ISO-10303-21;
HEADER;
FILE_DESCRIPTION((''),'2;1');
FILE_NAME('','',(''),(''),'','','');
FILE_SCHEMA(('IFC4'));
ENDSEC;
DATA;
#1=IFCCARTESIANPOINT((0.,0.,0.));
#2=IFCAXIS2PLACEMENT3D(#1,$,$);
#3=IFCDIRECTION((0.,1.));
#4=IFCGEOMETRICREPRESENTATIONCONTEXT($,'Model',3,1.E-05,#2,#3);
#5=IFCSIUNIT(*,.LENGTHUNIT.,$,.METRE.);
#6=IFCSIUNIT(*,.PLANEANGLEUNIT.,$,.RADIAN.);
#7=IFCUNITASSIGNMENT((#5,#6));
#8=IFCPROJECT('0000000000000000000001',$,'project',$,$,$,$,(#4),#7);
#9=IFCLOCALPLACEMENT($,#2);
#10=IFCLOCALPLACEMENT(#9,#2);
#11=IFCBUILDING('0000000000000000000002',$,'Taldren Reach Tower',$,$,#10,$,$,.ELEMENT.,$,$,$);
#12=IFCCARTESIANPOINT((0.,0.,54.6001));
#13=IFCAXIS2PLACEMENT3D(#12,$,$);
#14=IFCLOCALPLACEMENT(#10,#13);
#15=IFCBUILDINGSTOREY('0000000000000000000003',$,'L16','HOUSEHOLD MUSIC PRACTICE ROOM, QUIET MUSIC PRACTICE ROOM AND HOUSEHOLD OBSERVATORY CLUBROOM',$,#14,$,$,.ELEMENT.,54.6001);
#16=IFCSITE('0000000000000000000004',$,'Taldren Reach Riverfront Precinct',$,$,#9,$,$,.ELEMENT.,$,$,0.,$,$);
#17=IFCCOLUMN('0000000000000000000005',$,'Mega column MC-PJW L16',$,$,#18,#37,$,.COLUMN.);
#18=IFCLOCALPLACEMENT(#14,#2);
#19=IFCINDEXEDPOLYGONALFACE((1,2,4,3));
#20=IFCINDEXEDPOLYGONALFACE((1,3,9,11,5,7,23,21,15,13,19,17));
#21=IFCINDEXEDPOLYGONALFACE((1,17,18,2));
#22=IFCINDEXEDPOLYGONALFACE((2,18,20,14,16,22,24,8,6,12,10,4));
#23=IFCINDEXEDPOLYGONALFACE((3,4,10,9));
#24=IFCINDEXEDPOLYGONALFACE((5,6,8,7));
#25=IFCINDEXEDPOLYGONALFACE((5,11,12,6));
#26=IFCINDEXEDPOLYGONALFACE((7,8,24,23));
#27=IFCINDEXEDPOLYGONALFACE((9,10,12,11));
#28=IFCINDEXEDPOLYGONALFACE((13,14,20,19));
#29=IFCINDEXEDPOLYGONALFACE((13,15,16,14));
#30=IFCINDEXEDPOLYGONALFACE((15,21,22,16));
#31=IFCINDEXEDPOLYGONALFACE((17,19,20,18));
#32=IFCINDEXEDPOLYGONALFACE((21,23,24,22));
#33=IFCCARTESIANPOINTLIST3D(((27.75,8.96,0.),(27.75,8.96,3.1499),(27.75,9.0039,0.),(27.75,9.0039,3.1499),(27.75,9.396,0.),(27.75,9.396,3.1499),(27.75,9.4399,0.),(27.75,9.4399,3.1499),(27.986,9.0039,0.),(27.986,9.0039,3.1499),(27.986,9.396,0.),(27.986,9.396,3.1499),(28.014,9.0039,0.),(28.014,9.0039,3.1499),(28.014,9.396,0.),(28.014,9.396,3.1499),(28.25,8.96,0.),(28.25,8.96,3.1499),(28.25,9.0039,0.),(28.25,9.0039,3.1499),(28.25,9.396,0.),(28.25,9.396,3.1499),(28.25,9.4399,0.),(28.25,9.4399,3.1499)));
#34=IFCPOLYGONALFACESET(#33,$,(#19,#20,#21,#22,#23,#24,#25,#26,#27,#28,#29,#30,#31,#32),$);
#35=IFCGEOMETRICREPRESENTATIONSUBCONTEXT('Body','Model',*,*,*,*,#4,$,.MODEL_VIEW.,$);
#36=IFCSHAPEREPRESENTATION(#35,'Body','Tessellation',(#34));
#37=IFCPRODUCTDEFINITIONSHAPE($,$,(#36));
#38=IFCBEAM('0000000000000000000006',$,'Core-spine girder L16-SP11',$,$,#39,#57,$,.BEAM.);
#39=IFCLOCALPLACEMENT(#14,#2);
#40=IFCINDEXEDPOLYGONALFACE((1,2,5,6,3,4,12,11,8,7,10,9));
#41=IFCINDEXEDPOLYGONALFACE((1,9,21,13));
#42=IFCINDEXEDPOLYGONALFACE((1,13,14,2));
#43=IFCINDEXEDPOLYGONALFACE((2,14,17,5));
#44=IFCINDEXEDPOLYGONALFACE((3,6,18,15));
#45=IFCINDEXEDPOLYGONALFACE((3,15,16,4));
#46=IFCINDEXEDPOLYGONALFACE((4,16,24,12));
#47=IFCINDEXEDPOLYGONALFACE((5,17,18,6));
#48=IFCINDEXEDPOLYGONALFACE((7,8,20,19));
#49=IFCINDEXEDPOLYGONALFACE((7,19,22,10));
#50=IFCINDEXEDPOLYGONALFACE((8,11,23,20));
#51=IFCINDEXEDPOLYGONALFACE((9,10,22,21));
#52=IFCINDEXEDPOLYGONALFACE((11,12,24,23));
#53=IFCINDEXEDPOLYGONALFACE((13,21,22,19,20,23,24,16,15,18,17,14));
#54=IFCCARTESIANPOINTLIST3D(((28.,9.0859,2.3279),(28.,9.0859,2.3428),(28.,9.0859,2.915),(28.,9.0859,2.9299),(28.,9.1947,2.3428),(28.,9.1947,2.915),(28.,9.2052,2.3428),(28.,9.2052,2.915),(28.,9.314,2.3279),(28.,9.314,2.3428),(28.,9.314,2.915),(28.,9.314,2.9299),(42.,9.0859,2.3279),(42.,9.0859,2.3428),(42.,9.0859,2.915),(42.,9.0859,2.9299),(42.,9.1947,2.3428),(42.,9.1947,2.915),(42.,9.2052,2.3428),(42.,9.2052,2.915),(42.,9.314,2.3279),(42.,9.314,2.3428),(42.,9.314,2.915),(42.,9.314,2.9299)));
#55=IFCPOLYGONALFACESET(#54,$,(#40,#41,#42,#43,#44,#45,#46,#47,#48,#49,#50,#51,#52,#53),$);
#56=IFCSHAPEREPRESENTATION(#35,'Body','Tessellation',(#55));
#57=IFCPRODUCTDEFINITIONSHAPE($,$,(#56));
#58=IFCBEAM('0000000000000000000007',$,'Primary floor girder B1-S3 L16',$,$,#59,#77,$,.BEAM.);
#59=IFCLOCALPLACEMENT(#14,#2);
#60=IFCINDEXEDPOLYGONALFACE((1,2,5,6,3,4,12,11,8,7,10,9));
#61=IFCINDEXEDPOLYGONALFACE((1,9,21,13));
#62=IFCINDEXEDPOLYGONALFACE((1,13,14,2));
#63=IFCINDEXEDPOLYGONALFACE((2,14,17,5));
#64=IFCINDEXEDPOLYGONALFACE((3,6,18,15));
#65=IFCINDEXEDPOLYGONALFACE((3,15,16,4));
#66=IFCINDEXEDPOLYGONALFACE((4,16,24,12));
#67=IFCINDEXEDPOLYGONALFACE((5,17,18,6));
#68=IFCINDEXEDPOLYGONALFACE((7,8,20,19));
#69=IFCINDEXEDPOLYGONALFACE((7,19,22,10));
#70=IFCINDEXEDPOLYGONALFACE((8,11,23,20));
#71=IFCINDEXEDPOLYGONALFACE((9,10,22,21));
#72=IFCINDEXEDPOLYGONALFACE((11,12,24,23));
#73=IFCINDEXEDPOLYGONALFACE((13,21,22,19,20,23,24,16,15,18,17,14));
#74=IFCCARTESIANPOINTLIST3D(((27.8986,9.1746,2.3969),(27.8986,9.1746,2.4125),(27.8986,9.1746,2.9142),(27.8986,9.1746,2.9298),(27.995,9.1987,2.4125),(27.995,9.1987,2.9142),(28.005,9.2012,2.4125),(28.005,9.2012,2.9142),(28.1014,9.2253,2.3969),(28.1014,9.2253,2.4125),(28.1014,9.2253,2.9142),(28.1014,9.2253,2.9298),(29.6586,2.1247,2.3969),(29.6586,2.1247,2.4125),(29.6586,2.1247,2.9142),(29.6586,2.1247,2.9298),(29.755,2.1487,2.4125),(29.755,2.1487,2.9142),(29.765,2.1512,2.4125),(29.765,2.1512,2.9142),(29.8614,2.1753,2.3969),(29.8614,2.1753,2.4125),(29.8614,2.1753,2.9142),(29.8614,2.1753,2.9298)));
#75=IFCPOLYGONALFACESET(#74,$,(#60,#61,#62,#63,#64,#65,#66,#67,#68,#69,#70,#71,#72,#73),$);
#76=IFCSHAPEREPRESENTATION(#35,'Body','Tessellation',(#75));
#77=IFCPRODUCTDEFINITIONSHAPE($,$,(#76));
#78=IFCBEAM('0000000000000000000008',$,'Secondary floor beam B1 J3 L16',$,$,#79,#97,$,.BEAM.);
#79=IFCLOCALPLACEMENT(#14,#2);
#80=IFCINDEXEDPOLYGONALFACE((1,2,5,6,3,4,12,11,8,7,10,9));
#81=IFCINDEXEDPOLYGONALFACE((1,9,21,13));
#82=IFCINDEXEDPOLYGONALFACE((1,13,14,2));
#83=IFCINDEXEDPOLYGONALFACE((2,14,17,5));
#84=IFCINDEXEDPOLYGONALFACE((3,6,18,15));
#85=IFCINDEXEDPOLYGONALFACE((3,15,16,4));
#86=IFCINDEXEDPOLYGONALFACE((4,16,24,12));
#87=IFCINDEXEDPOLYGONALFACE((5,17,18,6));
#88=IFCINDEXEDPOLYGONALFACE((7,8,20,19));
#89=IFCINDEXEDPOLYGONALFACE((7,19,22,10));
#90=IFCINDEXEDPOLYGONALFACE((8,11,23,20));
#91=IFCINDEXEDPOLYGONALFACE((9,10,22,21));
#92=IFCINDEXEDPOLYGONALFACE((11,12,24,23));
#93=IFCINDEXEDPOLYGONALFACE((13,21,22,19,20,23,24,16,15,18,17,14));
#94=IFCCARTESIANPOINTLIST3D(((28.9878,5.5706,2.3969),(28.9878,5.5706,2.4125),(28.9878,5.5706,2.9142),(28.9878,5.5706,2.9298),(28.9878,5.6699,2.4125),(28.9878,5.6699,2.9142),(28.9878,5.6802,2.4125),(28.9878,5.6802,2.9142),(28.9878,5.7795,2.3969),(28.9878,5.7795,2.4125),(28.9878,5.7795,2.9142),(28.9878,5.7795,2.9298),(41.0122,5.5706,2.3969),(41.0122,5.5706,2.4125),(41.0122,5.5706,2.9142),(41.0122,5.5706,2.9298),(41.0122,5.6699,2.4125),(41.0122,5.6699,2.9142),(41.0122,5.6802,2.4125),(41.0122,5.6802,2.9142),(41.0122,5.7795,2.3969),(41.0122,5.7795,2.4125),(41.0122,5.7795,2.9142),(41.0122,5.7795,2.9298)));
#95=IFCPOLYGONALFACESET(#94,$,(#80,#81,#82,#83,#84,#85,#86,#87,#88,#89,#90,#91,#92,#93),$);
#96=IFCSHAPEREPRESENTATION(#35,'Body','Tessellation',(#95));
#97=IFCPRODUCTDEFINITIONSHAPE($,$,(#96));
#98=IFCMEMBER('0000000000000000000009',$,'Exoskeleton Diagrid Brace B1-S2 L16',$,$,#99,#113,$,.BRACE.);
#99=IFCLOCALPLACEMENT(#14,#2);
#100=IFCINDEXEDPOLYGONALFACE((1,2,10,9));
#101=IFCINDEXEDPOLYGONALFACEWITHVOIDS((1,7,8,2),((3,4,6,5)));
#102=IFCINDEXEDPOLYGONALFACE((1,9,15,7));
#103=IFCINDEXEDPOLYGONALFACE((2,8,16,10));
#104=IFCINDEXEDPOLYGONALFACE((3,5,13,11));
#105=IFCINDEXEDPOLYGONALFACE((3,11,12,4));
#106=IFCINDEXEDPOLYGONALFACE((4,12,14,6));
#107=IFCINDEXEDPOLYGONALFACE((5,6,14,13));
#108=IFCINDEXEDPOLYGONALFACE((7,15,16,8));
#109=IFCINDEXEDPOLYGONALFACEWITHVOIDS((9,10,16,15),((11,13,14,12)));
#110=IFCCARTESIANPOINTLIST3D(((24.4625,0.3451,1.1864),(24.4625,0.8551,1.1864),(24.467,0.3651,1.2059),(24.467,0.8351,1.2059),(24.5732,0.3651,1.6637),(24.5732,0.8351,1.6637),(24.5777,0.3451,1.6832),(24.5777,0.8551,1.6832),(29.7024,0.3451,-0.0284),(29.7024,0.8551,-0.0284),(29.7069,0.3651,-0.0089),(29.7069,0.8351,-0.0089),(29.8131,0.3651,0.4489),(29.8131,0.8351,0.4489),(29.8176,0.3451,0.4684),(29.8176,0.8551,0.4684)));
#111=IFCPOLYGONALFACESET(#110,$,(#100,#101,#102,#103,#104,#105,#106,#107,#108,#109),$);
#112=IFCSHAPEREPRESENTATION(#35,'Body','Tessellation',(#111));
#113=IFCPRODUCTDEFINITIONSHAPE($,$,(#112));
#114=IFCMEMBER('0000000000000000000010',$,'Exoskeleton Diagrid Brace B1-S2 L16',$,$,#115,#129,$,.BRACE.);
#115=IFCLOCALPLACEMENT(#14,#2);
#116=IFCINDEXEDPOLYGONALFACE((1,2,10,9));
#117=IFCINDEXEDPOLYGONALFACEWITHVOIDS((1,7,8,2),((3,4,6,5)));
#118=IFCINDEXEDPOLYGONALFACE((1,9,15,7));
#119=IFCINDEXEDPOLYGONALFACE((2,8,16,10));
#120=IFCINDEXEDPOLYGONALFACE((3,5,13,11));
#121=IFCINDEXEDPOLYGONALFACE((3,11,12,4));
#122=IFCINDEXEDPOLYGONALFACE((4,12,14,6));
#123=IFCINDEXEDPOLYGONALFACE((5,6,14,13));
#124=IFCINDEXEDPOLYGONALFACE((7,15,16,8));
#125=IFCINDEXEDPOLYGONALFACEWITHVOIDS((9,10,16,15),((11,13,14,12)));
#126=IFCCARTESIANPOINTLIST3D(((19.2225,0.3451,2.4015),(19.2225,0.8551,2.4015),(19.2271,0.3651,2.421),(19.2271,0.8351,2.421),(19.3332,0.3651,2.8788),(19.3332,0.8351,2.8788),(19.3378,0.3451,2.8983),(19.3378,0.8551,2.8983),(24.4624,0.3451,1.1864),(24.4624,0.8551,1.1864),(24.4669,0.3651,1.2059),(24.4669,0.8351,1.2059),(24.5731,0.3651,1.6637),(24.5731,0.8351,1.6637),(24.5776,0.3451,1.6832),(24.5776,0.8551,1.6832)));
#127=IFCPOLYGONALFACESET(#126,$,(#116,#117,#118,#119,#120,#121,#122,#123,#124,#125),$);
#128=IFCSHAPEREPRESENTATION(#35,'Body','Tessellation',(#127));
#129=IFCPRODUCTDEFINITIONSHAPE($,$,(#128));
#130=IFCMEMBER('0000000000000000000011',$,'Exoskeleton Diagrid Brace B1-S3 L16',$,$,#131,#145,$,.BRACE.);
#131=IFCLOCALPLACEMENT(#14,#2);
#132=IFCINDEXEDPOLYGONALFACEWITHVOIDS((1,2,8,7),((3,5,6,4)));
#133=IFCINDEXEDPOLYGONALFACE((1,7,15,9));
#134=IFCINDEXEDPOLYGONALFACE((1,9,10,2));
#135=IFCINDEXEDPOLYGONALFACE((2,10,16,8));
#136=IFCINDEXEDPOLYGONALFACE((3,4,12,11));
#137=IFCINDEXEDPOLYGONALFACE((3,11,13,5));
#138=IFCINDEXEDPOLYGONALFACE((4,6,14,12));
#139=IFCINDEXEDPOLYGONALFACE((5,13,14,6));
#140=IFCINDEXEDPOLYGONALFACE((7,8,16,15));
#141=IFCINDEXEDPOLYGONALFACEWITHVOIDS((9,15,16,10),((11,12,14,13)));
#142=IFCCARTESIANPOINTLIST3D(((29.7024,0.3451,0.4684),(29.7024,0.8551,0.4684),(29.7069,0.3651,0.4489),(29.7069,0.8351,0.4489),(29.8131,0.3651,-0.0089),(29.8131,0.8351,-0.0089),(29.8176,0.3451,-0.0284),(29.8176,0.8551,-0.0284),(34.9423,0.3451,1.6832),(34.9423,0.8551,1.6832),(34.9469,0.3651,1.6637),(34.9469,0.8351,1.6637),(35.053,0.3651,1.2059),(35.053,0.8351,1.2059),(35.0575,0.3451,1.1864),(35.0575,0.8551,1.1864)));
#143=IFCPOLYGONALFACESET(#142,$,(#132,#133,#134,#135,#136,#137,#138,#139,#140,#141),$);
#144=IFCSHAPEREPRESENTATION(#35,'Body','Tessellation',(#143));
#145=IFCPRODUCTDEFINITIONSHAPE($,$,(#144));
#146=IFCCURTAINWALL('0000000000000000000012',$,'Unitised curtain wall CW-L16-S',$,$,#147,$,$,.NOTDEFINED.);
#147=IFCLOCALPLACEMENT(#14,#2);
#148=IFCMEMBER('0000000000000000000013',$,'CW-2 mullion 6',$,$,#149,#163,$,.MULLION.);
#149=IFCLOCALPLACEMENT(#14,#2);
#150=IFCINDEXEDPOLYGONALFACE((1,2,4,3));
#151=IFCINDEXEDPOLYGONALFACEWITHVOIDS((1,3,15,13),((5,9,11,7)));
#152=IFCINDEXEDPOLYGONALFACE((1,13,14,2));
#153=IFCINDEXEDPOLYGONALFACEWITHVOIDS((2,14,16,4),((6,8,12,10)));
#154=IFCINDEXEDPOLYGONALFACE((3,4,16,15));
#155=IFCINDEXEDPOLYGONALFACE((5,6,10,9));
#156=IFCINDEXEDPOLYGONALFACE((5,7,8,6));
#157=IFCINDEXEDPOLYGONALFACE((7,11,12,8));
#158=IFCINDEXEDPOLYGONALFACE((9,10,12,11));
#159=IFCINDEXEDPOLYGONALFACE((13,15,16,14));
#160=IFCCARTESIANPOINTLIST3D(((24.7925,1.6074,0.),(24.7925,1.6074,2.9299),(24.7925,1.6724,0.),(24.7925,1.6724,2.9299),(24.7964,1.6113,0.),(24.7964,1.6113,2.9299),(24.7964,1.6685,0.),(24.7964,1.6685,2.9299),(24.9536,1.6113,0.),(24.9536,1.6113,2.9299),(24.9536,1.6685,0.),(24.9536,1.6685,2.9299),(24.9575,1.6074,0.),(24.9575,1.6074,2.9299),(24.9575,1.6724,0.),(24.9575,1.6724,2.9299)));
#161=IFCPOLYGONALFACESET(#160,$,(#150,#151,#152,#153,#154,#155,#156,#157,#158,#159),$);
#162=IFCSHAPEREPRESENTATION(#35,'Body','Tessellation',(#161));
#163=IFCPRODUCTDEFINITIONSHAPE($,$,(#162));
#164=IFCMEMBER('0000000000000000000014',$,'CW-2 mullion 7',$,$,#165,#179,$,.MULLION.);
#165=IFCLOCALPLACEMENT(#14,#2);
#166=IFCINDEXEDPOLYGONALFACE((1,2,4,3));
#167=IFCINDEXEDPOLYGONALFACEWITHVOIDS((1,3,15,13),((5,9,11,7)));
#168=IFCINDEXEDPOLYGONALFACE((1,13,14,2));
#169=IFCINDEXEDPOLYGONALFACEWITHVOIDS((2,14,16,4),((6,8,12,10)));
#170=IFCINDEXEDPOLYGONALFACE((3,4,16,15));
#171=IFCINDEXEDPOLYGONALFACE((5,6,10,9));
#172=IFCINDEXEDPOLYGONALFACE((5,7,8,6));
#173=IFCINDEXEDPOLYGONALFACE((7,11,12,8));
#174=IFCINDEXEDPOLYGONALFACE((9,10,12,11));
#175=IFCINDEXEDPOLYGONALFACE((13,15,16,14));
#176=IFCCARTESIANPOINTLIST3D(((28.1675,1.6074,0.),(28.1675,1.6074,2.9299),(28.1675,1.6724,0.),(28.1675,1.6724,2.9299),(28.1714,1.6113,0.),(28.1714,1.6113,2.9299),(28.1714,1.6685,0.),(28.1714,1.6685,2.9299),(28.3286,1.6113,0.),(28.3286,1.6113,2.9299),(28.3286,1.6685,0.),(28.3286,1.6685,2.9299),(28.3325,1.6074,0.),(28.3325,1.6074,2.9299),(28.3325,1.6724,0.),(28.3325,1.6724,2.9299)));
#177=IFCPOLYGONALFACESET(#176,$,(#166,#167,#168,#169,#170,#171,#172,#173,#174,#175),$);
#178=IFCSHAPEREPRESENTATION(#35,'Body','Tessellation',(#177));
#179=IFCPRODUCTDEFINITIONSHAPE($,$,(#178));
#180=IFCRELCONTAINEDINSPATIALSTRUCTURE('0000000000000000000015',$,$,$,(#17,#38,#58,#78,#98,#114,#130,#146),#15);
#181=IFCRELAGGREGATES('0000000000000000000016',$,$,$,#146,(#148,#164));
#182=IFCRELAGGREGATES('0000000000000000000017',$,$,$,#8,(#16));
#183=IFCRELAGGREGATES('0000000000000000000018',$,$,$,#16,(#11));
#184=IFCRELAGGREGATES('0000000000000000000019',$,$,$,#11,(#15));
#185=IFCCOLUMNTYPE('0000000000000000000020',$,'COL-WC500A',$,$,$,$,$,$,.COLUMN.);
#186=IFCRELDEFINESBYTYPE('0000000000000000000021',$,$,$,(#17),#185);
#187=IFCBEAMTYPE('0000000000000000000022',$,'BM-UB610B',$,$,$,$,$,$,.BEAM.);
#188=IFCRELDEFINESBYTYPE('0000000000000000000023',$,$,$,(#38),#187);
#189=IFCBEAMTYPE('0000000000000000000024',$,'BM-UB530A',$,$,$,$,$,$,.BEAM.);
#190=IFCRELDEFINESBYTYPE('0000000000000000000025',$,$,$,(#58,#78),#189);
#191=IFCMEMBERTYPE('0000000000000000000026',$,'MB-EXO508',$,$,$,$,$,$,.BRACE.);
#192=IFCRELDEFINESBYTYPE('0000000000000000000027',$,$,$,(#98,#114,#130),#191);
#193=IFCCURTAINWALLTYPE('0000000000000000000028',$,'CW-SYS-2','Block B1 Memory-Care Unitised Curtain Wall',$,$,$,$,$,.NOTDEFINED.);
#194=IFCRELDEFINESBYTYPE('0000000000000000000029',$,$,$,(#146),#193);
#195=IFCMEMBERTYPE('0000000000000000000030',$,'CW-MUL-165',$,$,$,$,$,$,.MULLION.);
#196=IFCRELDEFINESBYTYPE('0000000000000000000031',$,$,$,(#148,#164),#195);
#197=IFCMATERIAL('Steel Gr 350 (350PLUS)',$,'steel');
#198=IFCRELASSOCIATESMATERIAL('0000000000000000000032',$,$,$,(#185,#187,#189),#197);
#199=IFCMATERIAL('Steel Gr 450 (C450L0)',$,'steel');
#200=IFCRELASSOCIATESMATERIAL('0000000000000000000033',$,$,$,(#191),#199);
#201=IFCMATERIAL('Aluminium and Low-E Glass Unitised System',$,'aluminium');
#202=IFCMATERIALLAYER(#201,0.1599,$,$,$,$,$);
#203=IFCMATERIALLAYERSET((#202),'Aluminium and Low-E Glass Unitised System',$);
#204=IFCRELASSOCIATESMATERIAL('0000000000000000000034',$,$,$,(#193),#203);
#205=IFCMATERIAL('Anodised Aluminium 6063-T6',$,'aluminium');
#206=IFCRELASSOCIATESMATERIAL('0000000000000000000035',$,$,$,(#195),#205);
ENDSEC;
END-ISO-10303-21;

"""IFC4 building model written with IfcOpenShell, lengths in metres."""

from ifc_helpers import new_model, si_unit, direction, frame, origin, origin_2d, place, context, subcontext, project, spatial, hollow_rectangle, i_section, extrude, source, transform, mapped, material, layer, layer_set, material_profile, profile_set, type_object, element, aggregate, save


model = new_model("IFC4")

# Units and contexts
model_context = context("Model", 3, precision=1e-05, world=origin(), true_north=direction((0.0, 1.0)))
body_context = subcontext(model_context, "Body", "Model", "MODEL_VIEW")
ifc_project = project(units=[si_unit("LENGTHUNIT", "METRE"), si_unit("PLANEANGLEUNIT", "RADIAN")], contexts=[model_context])

# Site, building, storey
site_placement = place(None, origin())
site = spatial("IfcSite", under=ifc_project, at=site_placement, Name="Taldren Reach Riverfront Precinct", CompositionType="ELEMENT", RefElevation=0.0)
building_placement = place(site_placement, origin())
building = spatial("IfcBuilding", under=site, at=building_placement, Name="Taldren Reach Tower", CompositionType="ELEMENT")
storey_placement = place(building_placement, frame((0.0, 0.0, 54.6001)))
storey = spatial("IfcBuildingStorey", under=building, at=storey_placement, Name="L16", Description="HOUSEHOLD MUSIC PRACTICE ROOM, QUIET MUSIC PRACTICE ROOM AND HOUSEHOLD OBSERVATORY CLUBROOM", CompositionType="ELEMENT", Elevation=54.6001)

# Column
ifc_material_1 = material(Name="Steel Gr 350 (350PLUS)", Category="steel")
ifc_material_profile_1 = material_profile(ifc_material_1, i_section(OverallWidth=0.5, OverallDepth=0.48, WebThickness=0.0281, FlangeThickness=0.0439, at=origin_2d()), Name="500WC440")
ifc_profile_set_1 = profile_set([ifc_material_profile_1], Name="Steel Gr 350 (350PLUS)")
column_type = type_object("IfcColumnType", Name="COL-WC500A", PredefinedType="COLUMN", material=ifc_profile_set_1)
shared_shape_1 = source(origin(), body_context, "Body", "SweptSolid", [
    extrude(i_section(OverallWidth=0.5, OverallDepth=0.48, WebThickness=0.0281, FlangeThickness=0.0439, at=origin_2d()), origin(), (0.0, 0.0, 1.0), 3.1499),
])
column_placement = place(storey_placement, frame((28.0, 9.2, 0.0), z_axis=(0.0, 0.0, 1.0), x_axis=(1.0, 0.0, 0.0)))
element("IfcColumn", 1, at=column_placement, inside=storey, type_object=column_type, Name="Mega column MC-PJW L16", PredefinedType="COLUMN", context=body_context, shape_type="MappedRepresentation", body=[
    mapped(shared_shape_1, transform((0.0, 0.0, 0.0), scale=1.0)),
])

# Beams
ifc_material_profile_2 = material_profile(ifc_material_1, i_section(OverallWidth=0.228, OverallDepth=0.6021, WebThickness=0.0105, FlangeThickness=0.0149, at=origin_2d()), Name="610UB101")
ifc_profile_set_2 = profile_set([ifc_material_profile_2], Name="Steel Gr 350 (350PLUS)")
beam_type_1 = type_object("IfcBeamType", Name="BM-UB610B", PredefinedType="BEAM", material=ifc_profile_set_2)
shared_shape_2 = source(origin(), body_context, "Body", "SweptSolid", [
    extrude(i_section(OverallWidth=0.228, OverallDepth=0.6021, WebThickness=0.0105, FlangeThickness=0.0149, at=origin_2d()), origin(), (0.0, 0.0, 1.0), 14.0),
])
beam_1_placement = place(storey_placement, frame((28.0, 9.2, 2.6289), z_axis=(1.0, 0.0, 0.0), x_axis=(0.0, 1.0, 0.0)))
element("IfcBeam", 2, at=beam_1_placement, inside=storey, type_object=beam_type_1, Name="Core-spine girder L16-SP11", PredefinedType="BEAM", context=body_context, shape_type="MappedRepresentation", body=[
    mapped(shared_shape_2, transform((0.0, 0.0, 0.0), scale=1.0)),
])
ifc_material_profile_3 = material_profile(ifc_material_1, i_section(OverallWidth=0.209, OverallDepth=0.533, WebThickness=0.0103, FlangeThickness=0.0156, at=origin_2d()), Name="530UB92.4")
ifc_profile_set_3 = profile_set([ifc_material_profile_3], Name="Steel Gr 350 (350PLUS)")
beam_type_2 = type_object("IfcBeamType", Name="BM-UB530A", PredefinedType="BEAM", material=ifc_profile_set_3)
shared_shape_3 = source(origin(), body_context, "Body", "SweptSolid", [
    extrude(i_section(OverallWidth=0.209, OverallDepth=0.533, WebThickness=0.0103, FlangeThickness=0.0156, at=origin_2d()), origin(), (0.0, 0.0, 1.0), 7.2664),
])
beam_2_placement = place(storey_placement, frame((28.0, 9.2, 2.6633), z_axis=(0.242211, -0.970223, 0.0), x_axis=(0.970223, 0.242211, 0.0)))
element("IfcBeam", 3, at=beam_2_placement, inside=storey, type_object=beam_type_2, Name="Primary floor girder B1-S3 L16", PredefinedType="BEAM", context=body_context, shape_type="MappedRepresentation", body=[
    mapped(shared_shape_3, transform((0.0, 0.0, 0.0), scale=1.0)),
])
shared_shape_4 = source(origin(), body_context, "Body", "SweptSolid", [
    extrude(i_section(OverallWidth=0.209, OverallDepth=0.533, WebThickness=0.0103, FlangeThickness=0.0156, at=origin_2d()), origin(), (0.0, 0.0, 1.0), 12.0244),
])
beam_3_placement = place(storey_placement, frame((28.9878, 5.675, 2.6633), z_axis=(1.0, 0.0, 0.0), x_axis=(0.0, 1.0, 0.0)))
element("IfcBeam", 4, at=beam_3_placement, inside=storey, type_object=beam_type_2, Name="Secondary floor beam B1 J3 L16", PredefinedType="BEAM", context=body_context, shape_type="MappedRepresentation", body=[
    mapped(shared_shape_4, transform((0.0, 0.0, 0.0), scale=1.0)),
])

# Members
ifc_material_2 = material(Name="Steel Gr 450 (C450L0)", Category="steel")
ifc_material_profile_4 = material_profile(ifc_material_2, hollow_rectangle(XDim=0.51, YDim=0.51, WallThickness=0.02, at=origin_2d()), Name="510x510x20.0SHS")
ifc_profile_set_4 = profile_set([ifc_material_profile_4], Name="Steel Gr 450 (C450L0)")
member_type_1 = type_object("IfcMemberType", Name="MB-EXO508", PredefinedType="BRACE", material=ifc_profile_set_4)
shared_shape_5 = source(origin(), body_context, "Body", "SweptSolid", [
    extrude(hollow_rectangle(XDim=0.51, YDim=0.51, WallThickness=0.02, at=origin_2d()), origin(), (0.0, 0.0, 1.0), 5.3789),
])
for number, where, z_axis, x_axis, name in (
    (5, (29.76, 0.6001, 0.22), (-0.974162, 0.0, 0.225851), (0.0, -1.0, 0.0), "Exoskeleton Diagrid Brace B1-S2 L16"),
    (6, (24.52, 0.6001, 1.4348), (-0.974152, 0.0, 0.225894), (0.0, -1.0, 0.0), "Exoskeleton Diagrid Brace B1-S2 L16"),
    (7, (29.76, 0.6001, 0.22), (0.974162, 0.0, 0.225851), (0.0, 1.0, 0.0), "Exoskeleton Diagrid Brace B1-S3 L16"),
):
    element("IfcMember", number, at=place(storey_placement, frame(where, z_axis=z_axis, x_axis=x_axis)), inside=storey, type_object=member_type_1, Name=name, PredefinedType="BRACE", context=body_context, shape_type="MappedRepresentation", body=[
        mapped(shared_shape_5, transform((0.0, 0.0, 0.0), scale=1.0)),
    ])

# Curtain wall, members
ifc_material_3 = material(Name="Aluminium and Low-E Glass Unitised System", Category="aluminium")
ifc_layer_1 = layer(ifc_material_3, 0.1599)
ifc_layer_set_1 = layer_set([ifc_layer_1], Name="Aluminium and Low-E Glass Unitised System")
curtain_wall_type = type_object("IfcCurtainWallType", Name="CW-SYS-2", Description="Block B1 Memory-Care Unitised Curtain Wall", PredefinedType="NOTDEFINED", material=ifc_layer_set_1)
curtain_wall_placement = place(storey_placement, origin())
curtain_wall = element("IfcCurtainWall", 8, at=curtain_wall_placement, inside=storey, type_object=curtain_wall_type, Name="Unitised curtain wall CW-L16-S", PredefinedType="NOTDEFINED")
ifc_material_4 = material(Name="Anodised Aluminium 6063-T6", Category="aluminium")
ifc_material_profile_5 = material_profile(ifc_material_4, hollow_rectangle(XDim=0.0649, YDim=0.165, WallThickness=0.0039, at=origin_2d()), Name="ALU-165x65x4RHS")
ifc_profile_set_5 = profile_set([ifc_material_profile_5], Name="Anodised Aluminium 6063-T6")
member_type_2 = type_object("IfcMemberType", Name="CW-MUL-165", PredefinedType="MULLION", material=ifc_profile_set_5)
shared_shape_6 = source(origin(), body_context, "Body", "SweptSolid", [
    extrude(hollow_rectangle(XDim=0.0649, YDim=0.165, WallThickness=0.0039, at=origin_2d()), origin(), (0.0, 0.0, 1.0), 2.9299),
])
member_1_placement = place(storey_placement, frame((24.875, 1.6399, 0.0), z_axis=(0.0, 0.0, 1.0), x_axis=(0.0, 1.0, 0.0)))
member_1 = element("IfcMember", 9, at=member_1_placement, type_object=member_type_2, Name="CW-2 mullion 6", PredefinedType="MULLION", context=body_context, shape_type="MappedRepresentation", body=[
    mapped(shared_shape_6, transform((0.0, 0.0, 0.0), scale=1.0)),
])
member_2_placement = place(storey_placement, frame((28.25, 1.6399, 0.0), z_axis=(0.0, 0.0, 1.0), x_axis=(0.0, 1.0, 0.0)))
member_2 = element("IfcMember", 10, at=member_2_placement, type_object=member_type_2, Name="CW-2 mullion 7", PredefinedType="MULLION", context=body_context, shape_type="MappedRepresentation", body=[
    mapped(shared_shape_6, transform((0.0, 0.0, 0.0), scale=1.0)),
])

aggregate(curtain_wall, [member_1, member_2])

save(model, "model.ifc")
